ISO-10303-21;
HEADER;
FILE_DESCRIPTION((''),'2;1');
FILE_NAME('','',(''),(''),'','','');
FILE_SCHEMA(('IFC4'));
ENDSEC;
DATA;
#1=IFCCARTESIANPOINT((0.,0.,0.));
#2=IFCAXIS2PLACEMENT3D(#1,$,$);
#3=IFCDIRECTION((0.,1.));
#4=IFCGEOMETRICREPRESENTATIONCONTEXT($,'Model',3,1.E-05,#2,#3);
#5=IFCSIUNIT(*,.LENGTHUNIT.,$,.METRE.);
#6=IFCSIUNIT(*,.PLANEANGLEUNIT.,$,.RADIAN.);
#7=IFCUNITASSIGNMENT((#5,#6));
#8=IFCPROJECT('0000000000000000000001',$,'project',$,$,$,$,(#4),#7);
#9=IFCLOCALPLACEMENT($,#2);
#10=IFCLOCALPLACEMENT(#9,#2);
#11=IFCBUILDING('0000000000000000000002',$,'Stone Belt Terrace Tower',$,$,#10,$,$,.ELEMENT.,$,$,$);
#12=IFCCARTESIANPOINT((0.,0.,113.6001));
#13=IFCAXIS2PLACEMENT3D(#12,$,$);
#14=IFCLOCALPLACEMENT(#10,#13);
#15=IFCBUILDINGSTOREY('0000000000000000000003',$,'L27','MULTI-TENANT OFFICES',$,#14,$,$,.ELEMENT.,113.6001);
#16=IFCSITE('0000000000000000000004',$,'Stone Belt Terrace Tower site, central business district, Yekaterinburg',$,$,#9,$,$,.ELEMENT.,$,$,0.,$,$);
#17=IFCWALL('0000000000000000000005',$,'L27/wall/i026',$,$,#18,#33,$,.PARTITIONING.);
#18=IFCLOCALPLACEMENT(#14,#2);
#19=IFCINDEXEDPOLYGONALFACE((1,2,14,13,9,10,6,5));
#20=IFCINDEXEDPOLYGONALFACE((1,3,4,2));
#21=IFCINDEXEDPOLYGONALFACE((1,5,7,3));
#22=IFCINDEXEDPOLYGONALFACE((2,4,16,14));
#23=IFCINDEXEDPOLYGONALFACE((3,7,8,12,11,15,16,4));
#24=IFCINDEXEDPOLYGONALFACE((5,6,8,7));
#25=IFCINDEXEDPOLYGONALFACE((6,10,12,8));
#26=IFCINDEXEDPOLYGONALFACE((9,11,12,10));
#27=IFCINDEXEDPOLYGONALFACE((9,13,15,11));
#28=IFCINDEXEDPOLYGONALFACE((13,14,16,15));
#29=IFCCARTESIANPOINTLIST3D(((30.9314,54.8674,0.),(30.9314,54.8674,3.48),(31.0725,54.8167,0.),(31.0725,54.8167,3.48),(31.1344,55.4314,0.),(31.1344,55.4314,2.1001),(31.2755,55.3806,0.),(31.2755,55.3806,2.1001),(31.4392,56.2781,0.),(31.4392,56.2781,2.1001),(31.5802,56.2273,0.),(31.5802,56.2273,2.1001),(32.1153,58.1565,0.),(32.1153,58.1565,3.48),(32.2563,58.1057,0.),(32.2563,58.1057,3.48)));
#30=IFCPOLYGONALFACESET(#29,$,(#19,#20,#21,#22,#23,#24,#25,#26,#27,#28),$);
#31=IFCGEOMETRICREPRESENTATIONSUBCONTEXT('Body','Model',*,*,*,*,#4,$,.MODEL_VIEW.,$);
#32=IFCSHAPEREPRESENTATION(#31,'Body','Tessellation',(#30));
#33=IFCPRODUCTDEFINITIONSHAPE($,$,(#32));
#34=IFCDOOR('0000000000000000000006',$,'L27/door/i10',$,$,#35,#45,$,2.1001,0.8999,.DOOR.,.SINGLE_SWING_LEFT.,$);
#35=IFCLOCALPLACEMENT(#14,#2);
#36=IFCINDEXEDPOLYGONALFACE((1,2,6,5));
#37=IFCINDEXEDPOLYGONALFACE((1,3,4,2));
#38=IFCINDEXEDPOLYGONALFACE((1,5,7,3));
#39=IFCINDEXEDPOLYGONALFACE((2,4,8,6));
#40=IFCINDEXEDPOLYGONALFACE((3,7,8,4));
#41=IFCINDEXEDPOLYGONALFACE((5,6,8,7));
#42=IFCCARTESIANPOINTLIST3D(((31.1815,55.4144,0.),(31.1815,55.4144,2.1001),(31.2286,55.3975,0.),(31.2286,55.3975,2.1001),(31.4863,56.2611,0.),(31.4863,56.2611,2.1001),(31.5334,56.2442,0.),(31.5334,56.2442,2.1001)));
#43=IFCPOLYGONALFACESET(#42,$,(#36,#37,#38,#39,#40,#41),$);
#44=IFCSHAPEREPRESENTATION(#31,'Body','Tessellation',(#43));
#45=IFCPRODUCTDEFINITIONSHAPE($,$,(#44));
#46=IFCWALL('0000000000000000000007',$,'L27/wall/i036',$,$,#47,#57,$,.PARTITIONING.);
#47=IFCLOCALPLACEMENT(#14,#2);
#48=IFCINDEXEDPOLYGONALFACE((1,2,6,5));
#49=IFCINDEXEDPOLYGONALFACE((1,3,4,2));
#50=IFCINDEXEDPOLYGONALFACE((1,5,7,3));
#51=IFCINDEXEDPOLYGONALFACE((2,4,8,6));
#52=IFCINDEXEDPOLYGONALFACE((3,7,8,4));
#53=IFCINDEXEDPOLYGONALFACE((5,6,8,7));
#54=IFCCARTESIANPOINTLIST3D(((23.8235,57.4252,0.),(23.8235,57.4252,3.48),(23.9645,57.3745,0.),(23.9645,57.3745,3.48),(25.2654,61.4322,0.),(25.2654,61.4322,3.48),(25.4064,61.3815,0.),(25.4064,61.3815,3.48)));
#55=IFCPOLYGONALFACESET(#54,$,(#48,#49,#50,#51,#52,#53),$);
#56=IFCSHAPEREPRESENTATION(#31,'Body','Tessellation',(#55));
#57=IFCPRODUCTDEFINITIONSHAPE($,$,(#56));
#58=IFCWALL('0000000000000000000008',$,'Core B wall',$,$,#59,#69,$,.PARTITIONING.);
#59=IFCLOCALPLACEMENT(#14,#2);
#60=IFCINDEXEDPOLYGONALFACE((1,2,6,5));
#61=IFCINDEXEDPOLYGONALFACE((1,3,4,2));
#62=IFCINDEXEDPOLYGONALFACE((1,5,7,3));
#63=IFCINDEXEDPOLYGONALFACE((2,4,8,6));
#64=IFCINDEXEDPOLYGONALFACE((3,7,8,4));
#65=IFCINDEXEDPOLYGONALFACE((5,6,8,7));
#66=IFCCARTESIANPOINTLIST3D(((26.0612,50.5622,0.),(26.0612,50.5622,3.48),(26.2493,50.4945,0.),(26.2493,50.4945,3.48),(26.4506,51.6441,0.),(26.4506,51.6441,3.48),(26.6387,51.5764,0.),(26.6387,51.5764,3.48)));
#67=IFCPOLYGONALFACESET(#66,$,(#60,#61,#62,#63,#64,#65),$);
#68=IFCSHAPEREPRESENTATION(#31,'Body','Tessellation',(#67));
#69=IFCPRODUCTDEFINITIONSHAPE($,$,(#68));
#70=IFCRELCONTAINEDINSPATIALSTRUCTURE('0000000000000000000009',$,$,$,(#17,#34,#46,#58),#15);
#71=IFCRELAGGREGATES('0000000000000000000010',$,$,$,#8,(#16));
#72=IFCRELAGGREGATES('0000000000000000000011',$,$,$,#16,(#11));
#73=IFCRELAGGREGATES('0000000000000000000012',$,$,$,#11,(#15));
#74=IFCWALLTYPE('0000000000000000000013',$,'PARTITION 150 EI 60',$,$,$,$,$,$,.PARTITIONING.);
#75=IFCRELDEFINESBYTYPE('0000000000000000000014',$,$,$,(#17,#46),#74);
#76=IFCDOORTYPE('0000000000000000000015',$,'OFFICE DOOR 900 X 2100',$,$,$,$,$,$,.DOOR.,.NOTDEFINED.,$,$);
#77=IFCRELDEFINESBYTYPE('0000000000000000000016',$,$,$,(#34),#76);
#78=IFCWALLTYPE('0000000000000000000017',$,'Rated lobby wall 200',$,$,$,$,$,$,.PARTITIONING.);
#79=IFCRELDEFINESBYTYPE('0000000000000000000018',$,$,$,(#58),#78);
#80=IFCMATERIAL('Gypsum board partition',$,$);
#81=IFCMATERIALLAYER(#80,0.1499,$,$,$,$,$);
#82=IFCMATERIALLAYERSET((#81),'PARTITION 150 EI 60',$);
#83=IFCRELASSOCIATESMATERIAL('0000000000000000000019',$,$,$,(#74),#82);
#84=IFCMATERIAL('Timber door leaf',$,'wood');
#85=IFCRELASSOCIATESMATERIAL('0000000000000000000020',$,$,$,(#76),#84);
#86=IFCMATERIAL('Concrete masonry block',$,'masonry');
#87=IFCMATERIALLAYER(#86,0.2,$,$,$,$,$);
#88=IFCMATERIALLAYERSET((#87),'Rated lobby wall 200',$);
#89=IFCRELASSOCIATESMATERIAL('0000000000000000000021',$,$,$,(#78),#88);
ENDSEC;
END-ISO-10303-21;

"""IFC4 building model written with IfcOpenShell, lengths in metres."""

from ifc_helpers import new_model, si_unit, direction, frame, frame_2d, origin, place, context, subcontext, project, spatial, rectangle, extrude, material, layer, layer_set, type_object, element, fill, save


model = new_model("IFC4")

# Units and contexts
model_context = context("Model", 3, precision=1e-05, world=origin(), true_north=direction((0.0, 1.0)))
body_context = subcontext(model_context, "Body", "Model", "MODEL_VIEW")
ifc_project = project(units=[si_unit("LENGTHUNIT", "METRE"), si_unit("PLANEANGLEUNIT", "RADIAN")], contexts=[model_context])

# Site, building, storey
site_placement = place(None, origin())
site = spatial("IfcSite", under=ifc_project, at=site_placement, Name="Stone Belt Terrace Tower site, central business district, Yekaterinburg", CompositionType="ELEMENT", RefElevation=0.0)
building_placement = place(site_placement, origin())
building = spatial("IfcBuilding", under=site, at=building_placement, Name="Stone Belt Terrace Tower", CompositionType="ELEMENT")
storey_placement = place(building_placement, frame((0.0, 0.0, 113.6001)))
storey = spatial("IfcBuildingStorey", under=building, at=storey_placement, Name="L27", Description="MULTI-TENANT OFFICES", CompositionType="ELEMENT", Elevation=113.6001)

# Shared definitions
ifc_material_1 = material(Name="Timber door leaf", Category="wood")

# Wall, opening, door
ifc_material_2 = material(Name="Gypsum board partition")
ifc_layer_1 = layer(ifc_material_2, 0.1499)
ifc_layer_set_1 = layer_set([ifc_layer_1], Name="PARTITION 150 EI 60")
wall_type_1 = type_object("IfcWallType", Name="PARTITION 150 EI 60", PredefinedType="PARTITIONING", material=ifc_layer_set_1)
wall_1_placement = place(storey_placement, frame((31.002, 54.842, 0.0), z_axis=(0.0, 0.0, 1.0), x_axis=(0.338663, 0.940908, 0.0)))
wall_1 = element("IfcWall", 1, at=wall_1_placement, inside=storey, type_object=wall_type_1, Name="L27/wall/i026", PredefinedType="PARTITIONING", context=body_context, shape_type="SweptSolid", body=[
    extrude(rectangle(XDim=3.4956, YDim=0.1499, at=frame_2d((1.7478, 0.0))), origin(), (0.0, 0.0, 1.0), 3.48),
])
opening_1_placement = place(wall_1_placement, frame((0.5994, 0.0, 0.0)))
opening_1 = element("IfcOpeningElement", 2, at=opening_1_placement, cuts=wall_1, PredefinedType="OPENING", context=body_context, shape_type="SweptSolid", body=[
    extrude(rectangle(XDim=0.8999, YDim=2.1001, at=frame_2d((0.45, 1.05))), frame((0.0, 0.085, 0.0), z_axis=(0.0, -1.0, 0.0), x_axis=(1.0, 0.0, 0.0)), (0.0, 0.0, 1.0), 0.1699),
])
door_type_1 = type_object("IfcDoorType", Name="OFFICE DOOR 900 X 2100", OperationType="NOTDEFINED", PredefinedType="DOOR", material=ifc_material_1)
door_1_placement = place(opening_1_placement, origin())
door_1 = element("IfcDoor", 3, at=door_1_placement, inside=storey, type_object=door_type_1, Name="L27/door/i10", OperationType="SINGLE_SWING_LEFT", OverallHeight=2.1001, OverallWidth=0.8999, PredefinedType="DOOR", context=body_context, shape_type="SweptSolid", body=[
    extrude(rectangle(XDim=0.8999, YDim=2.1001, at=frame_2d((0.45, 1.05))), frame((0.0, 0.0249, 0.0), z_axis=(0.0, -1.0, 0.0), x_axis=(1.0, 0.0, 0.0)), (0.0, 0.0, 1.0), 0.05),
])
fill(opening_1, door_1)

# Walls
wall_2_placement = place(storey_placement, frame((25.3359, 61.407, 0.0), z_axis=(0.0, 0.0, 1.0), x_axis=(-0.338583, -0.940936, 0.0)))
element("IfcWall", 4, at=wall_2_placement, inside=storey, type_object=wall_type_1, Name="L27/wall/i036", PredefinedType="PARTITIONING", context=body_context, shape_type="SweptSolid", body=[
    extrude(rectangle(XDim=4.2585, YDim=0.1499, at=frame_2d((2.1294, 0.0))), origin(), (0.0, 0.0, 1.0), 3.48),
])
ifc_material_3 = material(Name="Concrete masonry block", Category="masonry")
ifc_layer_2 = layer(ifc_material_3, 0.2)
ifc_layer_set_2 = layer_set([ifc_layer_2], Name="Rated lobby wall 200")
wall_type_2 = type_object("IfcWallType", Name="Rated lobby wall 200", PredefinedType="PARTITIONING", material=ifc_layer_set_2)
wall_3_placement = place(storey_placement, frame((26.1553, 50.5283, 0.0), z_axis=(0.0, 0.0, 1.0), x_axis=(0.338622, 0.940923, 0.0)))
element("IfcWall", 5, at=wall_3_placement, inside=storey, type_object=wall_type_2, Name="Core B wall", PredefinedType="PARTITIONING", context=body_context, shape_type="SweptSolid", body=[
    extrude(rectangle(XDim=1.1499, YDim=0.2, at=frame_2d((0.575, 0.0))), origin(), (0.0, 0.0, 1.0), 3.48),
])

save(model, "model.ifc")
